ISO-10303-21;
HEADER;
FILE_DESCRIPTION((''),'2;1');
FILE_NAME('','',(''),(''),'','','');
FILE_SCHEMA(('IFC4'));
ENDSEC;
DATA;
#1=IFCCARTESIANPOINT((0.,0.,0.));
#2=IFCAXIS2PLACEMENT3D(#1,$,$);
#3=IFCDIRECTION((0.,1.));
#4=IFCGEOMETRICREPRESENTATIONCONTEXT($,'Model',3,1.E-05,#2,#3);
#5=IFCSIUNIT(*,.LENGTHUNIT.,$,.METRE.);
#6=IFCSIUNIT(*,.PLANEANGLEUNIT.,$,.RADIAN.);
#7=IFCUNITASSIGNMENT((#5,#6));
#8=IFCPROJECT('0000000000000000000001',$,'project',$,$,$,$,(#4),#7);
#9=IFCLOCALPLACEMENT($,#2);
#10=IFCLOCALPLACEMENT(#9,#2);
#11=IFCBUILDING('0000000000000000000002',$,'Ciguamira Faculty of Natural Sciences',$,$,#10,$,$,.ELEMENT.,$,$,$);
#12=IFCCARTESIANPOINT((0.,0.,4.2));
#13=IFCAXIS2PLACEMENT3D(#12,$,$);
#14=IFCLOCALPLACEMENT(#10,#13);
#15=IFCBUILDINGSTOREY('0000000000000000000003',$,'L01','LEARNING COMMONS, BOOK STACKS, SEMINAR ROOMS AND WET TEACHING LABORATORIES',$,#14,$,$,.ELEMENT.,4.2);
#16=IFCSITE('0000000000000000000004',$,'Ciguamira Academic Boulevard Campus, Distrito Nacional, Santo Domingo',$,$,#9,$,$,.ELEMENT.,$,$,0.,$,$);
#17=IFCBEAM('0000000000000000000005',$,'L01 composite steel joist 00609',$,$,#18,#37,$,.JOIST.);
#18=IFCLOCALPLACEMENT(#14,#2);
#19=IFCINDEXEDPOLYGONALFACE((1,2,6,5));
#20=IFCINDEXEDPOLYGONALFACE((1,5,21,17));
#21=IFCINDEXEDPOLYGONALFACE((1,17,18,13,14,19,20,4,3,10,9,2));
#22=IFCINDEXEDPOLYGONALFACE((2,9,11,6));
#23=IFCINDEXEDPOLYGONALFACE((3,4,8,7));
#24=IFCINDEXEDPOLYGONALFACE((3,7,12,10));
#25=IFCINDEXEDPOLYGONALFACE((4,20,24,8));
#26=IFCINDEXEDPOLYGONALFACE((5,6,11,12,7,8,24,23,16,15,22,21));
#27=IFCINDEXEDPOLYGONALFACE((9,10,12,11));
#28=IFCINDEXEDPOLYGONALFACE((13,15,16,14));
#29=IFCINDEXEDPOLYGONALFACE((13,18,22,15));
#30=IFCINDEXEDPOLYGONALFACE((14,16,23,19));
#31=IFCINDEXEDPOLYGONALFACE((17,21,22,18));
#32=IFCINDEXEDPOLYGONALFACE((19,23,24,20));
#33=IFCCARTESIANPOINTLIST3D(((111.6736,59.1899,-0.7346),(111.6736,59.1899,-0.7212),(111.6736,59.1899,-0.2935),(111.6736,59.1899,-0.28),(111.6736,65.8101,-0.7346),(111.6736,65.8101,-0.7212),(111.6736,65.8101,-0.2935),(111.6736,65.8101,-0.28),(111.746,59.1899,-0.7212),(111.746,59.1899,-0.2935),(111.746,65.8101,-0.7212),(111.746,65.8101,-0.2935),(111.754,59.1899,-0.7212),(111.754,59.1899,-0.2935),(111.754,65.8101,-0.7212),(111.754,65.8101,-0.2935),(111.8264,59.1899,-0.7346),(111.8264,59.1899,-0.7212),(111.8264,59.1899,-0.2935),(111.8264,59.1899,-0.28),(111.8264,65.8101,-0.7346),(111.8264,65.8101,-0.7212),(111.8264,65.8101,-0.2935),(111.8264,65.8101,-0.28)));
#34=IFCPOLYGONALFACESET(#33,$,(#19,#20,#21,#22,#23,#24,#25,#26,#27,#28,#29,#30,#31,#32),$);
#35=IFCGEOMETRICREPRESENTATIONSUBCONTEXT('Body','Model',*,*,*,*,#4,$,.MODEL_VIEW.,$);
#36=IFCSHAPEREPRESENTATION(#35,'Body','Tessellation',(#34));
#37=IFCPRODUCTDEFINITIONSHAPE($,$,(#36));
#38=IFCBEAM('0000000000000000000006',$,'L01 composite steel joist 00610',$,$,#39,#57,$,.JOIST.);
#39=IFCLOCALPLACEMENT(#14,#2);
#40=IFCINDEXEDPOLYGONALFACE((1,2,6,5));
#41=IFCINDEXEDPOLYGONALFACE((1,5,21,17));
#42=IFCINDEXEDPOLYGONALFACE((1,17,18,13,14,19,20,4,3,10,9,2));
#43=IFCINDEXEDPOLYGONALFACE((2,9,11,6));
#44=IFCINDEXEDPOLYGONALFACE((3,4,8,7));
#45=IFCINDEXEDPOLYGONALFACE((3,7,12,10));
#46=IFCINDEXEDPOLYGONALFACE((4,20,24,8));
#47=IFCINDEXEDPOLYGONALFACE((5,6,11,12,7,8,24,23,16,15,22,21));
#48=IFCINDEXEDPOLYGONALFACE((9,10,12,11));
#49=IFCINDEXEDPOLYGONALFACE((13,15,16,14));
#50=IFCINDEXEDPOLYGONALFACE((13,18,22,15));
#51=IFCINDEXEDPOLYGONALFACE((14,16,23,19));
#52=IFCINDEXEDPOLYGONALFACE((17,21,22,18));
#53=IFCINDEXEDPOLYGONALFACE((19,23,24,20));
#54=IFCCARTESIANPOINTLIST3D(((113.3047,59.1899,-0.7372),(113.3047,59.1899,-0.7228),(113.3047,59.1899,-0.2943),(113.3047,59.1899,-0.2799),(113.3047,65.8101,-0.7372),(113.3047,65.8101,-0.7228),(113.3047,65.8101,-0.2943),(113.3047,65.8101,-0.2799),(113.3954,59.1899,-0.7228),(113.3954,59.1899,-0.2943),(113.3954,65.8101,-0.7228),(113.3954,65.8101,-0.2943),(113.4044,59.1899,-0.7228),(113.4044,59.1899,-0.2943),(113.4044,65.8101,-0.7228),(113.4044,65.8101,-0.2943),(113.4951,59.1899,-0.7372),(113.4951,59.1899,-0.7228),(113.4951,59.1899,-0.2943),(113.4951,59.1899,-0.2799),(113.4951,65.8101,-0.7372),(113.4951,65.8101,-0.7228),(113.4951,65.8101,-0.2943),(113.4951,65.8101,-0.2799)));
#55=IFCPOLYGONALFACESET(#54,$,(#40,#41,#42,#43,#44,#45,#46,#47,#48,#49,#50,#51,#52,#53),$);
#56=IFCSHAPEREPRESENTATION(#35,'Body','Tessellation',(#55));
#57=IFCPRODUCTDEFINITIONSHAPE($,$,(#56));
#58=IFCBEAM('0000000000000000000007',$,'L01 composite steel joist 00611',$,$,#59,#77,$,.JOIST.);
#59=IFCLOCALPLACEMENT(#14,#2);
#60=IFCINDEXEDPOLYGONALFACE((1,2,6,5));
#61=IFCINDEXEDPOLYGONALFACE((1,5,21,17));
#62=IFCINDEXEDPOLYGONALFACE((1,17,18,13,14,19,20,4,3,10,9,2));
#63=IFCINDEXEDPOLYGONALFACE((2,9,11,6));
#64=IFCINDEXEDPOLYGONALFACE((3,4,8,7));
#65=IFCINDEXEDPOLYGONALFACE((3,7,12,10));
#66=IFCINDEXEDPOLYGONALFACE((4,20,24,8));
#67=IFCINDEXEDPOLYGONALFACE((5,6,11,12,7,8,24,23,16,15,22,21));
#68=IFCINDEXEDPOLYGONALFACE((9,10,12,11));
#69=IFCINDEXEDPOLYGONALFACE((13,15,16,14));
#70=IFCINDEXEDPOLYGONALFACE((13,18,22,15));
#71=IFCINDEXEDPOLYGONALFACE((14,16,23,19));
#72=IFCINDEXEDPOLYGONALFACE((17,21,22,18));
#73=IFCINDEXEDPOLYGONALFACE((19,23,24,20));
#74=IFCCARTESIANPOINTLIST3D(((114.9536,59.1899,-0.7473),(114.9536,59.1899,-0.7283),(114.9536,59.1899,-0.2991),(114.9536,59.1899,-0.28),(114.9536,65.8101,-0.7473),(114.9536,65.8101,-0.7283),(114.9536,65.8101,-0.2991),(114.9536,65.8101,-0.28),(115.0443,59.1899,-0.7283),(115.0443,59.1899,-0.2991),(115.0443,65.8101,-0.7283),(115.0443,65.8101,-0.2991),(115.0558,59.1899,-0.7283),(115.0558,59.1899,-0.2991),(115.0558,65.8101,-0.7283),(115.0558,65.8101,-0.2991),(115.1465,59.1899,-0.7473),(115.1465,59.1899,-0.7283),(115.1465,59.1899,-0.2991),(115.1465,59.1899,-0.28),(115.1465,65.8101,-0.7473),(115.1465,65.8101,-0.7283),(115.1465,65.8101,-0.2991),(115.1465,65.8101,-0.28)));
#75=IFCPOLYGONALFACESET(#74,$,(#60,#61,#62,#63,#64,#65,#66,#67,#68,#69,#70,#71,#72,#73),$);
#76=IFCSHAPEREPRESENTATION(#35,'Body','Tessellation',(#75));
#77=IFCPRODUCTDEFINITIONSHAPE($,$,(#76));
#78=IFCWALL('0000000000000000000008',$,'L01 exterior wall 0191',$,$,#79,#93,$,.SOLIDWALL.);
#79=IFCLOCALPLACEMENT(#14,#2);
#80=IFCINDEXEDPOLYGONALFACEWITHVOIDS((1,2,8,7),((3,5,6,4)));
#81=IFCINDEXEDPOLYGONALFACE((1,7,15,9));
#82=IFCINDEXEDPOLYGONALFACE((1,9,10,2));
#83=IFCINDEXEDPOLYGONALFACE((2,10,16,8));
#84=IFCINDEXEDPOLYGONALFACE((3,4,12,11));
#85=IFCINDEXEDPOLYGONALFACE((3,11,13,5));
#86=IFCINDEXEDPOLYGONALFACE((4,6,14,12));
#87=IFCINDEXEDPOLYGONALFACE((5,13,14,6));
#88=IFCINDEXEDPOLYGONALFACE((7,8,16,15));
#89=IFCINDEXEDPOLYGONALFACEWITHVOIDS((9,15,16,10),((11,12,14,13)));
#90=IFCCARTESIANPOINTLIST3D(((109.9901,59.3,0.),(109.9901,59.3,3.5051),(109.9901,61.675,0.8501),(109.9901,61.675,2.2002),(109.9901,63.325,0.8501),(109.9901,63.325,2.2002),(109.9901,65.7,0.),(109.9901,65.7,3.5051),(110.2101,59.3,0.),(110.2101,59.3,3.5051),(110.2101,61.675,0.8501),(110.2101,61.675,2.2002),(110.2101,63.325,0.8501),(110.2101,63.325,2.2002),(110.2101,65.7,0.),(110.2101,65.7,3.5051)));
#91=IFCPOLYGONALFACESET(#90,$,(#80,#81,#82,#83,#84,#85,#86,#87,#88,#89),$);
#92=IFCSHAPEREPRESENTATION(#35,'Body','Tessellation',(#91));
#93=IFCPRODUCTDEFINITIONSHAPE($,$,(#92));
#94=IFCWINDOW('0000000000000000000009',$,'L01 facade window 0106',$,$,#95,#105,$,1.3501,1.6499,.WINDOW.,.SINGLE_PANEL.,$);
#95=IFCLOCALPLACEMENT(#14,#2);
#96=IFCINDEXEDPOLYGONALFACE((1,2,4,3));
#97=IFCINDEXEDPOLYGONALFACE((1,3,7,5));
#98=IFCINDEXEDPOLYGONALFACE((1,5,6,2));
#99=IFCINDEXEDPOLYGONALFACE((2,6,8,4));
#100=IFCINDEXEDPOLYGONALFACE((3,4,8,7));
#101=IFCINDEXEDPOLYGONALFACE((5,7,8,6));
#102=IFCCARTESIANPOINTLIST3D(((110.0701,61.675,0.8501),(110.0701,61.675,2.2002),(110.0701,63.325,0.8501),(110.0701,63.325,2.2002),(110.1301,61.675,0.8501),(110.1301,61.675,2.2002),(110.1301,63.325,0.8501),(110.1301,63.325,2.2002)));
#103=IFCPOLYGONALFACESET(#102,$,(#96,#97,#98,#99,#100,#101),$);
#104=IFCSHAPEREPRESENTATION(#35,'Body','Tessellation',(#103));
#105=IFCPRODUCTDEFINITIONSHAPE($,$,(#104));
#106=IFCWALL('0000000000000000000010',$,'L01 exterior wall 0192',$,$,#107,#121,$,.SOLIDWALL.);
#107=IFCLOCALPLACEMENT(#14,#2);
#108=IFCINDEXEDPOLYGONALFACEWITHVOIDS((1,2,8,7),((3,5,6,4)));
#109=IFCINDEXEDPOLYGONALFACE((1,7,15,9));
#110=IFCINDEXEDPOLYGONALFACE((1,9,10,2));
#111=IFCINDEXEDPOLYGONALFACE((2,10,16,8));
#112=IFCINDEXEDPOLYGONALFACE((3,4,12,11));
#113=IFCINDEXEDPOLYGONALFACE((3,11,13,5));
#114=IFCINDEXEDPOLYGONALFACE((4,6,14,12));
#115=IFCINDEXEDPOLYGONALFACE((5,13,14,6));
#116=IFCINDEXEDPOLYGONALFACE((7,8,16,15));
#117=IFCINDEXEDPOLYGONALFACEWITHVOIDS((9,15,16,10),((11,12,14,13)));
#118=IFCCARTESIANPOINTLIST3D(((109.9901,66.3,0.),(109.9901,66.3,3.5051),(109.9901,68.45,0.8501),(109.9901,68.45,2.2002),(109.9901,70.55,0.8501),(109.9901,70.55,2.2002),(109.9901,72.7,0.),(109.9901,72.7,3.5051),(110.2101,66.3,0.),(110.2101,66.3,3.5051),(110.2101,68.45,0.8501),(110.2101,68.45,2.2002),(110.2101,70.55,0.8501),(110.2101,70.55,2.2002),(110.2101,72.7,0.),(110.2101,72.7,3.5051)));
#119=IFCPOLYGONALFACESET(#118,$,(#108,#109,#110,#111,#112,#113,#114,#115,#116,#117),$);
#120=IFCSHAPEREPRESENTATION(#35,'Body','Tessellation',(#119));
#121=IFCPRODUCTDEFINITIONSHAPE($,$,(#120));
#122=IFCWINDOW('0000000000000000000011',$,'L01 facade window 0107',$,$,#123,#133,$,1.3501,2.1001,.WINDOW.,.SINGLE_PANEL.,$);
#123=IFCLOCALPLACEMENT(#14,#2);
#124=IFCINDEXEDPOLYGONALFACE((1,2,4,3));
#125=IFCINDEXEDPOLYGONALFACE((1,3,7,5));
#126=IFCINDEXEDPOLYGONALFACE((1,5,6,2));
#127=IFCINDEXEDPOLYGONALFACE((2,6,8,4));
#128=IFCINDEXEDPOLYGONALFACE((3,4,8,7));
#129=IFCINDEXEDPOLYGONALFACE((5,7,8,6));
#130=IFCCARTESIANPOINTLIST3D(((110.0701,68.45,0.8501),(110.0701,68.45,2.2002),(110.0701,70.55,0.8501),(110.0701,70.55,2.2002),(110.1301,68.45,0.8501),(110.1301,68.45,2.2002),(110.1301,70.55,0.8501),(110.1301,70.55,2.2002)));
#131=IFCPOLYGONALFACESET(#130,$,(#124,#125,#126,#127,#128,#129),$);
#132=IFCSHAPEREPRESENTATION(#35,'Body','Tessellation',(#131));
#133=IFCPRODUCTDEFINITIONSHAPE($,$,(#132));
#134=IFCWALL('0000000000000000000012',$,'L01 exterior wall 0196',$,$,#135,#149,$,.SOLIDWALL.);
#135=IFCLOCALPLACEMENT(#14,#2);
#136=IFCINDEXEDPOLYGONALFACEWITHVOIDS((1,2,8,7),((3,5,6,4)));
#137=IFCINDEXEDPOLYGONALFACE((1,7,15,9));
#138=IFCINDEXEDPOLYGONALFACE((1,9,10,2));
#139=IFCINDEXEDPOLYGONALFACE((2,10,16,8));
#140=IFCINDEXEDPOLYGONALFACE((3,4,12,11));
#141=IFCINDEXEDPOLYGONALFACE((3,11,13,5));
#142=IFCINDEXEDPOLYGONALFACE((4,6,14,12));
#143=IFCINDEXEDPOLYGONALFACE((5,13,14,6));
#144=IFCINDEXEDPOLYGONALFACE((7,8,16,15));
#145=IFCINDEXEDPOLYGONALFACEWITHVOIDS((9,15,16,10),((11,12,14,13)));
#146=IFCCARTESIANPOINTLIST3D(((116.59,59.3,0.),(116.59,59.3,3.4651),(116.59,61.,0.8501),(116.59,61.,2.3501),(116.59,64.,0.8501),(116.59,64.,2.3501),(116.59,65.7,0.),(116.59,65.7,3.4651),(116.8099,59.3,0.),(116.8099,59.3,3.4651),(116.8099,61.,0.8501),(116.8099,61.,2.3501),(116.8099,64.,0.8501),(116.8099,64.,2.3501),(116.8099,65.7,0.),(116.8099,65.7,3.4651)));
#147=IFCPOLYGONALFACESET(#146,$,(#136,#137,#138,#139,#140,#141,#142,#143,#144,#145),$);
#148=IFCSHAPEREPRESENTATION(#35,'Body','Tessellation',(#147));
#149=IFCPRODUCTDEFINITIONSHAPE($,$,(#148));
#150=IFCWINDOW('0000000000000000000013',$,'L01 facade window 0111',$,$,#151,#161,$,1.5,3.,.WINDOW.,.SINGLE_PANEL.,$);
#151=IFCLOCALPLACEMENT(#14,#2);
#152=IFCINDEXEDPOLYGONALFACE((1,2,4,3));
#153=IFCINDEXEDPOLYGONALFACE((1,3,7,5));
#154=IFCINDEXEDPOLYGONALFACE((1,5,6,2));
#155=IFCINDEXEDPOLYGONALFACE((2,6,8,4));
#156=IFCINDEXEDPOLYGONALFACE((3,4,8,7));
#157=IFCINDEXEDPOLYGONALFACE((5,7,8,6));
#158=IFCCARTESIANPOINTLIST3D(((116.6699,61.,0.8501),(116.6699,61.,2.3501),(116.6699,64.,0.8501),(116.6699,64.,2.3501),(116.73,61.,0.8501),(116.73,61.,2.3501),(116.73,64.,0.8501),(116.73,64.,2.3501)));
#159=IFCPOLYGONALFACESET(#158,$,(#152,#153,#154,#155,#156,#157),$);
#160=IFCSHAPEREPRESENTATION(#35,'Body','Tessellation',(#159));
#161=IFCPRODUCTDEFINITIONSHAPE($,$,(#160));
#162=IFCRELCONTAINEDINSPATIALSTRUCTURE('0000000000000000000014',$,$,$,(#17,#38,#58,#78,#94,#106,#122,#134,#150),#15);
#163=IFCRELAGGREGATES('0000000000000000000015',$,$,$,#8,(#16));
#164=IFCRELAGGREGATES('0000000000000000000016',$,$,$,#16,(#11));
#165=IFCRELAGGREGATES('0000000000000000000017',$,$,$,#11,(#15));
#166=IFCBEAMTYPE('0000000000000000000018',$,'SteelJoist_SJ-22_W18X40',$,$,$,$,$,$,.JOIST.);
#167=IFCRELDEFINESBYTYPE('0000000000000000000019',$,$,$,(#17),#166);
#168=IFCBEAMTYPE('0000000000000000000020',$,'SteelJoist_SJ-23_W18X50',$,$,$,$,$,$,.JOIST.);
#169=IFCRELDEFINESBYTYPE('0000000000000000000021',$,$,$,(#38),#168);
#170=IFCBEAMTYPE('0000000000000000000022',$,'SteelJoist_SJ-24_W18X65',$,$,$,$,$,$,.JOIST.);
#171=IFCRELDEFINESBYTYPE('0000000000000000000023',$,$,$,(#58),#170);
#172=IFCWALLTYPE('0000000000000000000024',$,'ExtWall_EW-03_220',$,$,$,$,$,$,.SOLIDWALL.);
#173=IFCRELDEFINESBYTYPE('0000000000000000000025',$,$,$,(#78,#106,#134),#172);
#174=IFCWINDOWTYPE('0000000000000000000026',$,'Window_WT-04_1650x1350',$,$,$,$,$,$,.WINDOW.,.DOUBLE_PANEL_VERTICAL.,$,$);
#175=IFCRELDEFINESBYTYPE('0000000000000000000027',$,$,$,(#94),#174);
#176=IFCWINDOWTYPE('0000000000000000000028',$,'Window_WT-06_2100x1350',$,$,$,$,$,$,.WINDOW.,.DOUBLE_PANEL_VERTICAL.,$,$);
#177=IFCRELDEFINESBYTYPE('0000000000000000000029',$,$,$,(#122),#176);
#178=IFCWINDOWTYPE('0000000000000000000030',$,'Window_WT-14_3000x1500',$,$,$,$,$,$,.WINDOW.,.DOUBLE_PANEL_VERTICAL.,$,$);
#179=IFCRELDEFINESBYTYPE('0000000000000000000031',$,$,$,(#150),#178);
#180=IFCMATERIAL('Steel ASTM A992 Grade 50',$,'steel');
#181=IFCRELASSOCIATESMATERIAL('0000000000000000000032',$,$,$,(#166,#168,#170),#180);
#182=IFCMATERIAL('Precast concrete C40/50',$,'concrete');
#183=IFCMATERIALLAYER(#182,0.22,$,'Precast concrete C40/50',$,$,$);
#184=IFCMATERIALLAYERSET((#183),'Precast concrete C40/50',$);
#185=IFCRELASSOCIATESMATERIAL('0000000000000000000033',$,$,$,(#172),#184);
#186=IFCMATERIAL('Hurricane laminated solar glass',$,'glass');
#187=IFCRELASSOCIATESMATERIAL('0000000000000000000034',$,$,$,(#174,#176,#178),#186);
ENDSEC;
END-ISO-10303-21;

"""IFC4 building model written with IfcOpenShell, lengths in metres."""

from ifc_helpers import new_model, si_unit, direction, frame, frame_2d, origin, origin_2d, place, context, subcontext, project, spatial, rectangle, i_section, extrude, material, layer, layer_set, material_profile, profile_set, type_object, element, fill, save


model = new_model("IFC4")

# Units and contexts
model_context = context("Model", 3, precision=1e-05, world=origin(), true_north=direction((0.0, 1.0)))
body_context = subcontext(model_context, "Body", "Model", "MODEL_VIEW")
ifc_project = project(units=[si_unit("LENGTHUNIT", "METRE"), si_unit("PLANEANGLEUNIT", "RADIAN")], contexts=[model_context])

# Site, building, storey
site_placement = place(None, origin())
site = spatial("IfcSite", under=ifc_project, at=site_placement, Name="Ciguamira Academic Boulevard Campus, Distrito Nacional, Santo Domingo", CompositionType="ELEMENT", RefElevation=0.0)
building_placement = place(site_placement, origin())
building = spatial("IfcBuilding", under=site, at=building_placement, Name="Ciguamira Faculty of Natural Sciences", CompositionType="ELEMENT")
storey_placement = place(building_placement, frame((0.0, 0.0, 4.2)))
storey = spatial("IfcBuildingStorey", under=building, at=storey_placement, Name="L01", Description="LEARNING COMMONS, BOOK STACKS, SEMINAR ROOMS AND WET TEACHING LABORATORIES", CompositionType="ELEMENT", Elevation=4.2)

# Beams
ifc_material_1 = material(Name="Precast concrete C40/50", Category="concrete")
ifc_material_2 = material(Name="Steel ASTM A992 Grade 50", Category="steel")
ifc_material_profile_1 = material_profile(ifc_material_2, i_section(OverallWidth=0.1528, OverallDepth=0.4546, WebThickness=0.0081, FlangeThickness=0.0134, at=origin_2d()), Name="W18X40")
ifc_profile_set_1 = profile_set([ifc_material_profile_1], Name="Steel ASTM A992 Grade 50")
beam_type_1 = type_object("IfcBeamType", Name="SteelJoist_SJ-22_W18X40", PredefinedType="JOIST", material=ifc_profile_set_1)
beam_1_placement = place(storey_placement, frame((111.75, 59.1899, -0.5073), z_axis=(0.0, 1.0, 0.0), x_axis=(-1.0, 0.0, 0.0)))
element("IfcBeam", 1, at=beam_1_placement, inside=storey, type_object=beam_type_1, Name="L01 composite steel joist 00609", PredefinedType="JOIST", context=body_context, shape_type="SweptSolid", body=[
    extrude(i_section(OverallWidth=0.1528, OverallDepth=0.4546, WebThickness=0.0081, FlangeThickness=0.0134, at=origin_2d()), origin(), (0.0, 0.0, 1.0), 6.6201),
])
ifc_material_profile_2 = material_profile(ifc_material_2, i_section(OverallWidth=0.1904, OverallDepth=0.4573, WebThickness=0.009, FlangeThickness=0.0144, at=origin_2d()), Name="W18X50")
ifc_profile_set_2 = profile_set([ifc_material_profile_2], Name="Steel ASTM A992 Grade 50")
beam_type_2 = type_object("IfcBeamType", Name="SteelJoist_SJ-23_W18X50", PredefinedType="JOIST", material=ifc_profile_set_2)
beam_2_placement = place(storey_placement, frame((113.3999, 59.1899, -0.5085), z_axis=(0.0, 1.0, 0.0), x_axis=(-1.0, 0.0, 0.0)))
element("IfcBeam", 2, at=beam_2_placement, inside=storey, type_object=beam_type_2, Name="L01 composite steel joist 00610", PredefinedType="JOIST", context=body_context, shape_type="SweptSolid", body=[
    extrude(i_section(OverallWidth=0.1904, OverallDepth=0.4573, WebThickness=0.009, FlangeThickness=0.0144, at=origin_2d()), origin(), (0.0, 0.0, 1.0), 6.6201),
])
ifc_material_profile_3 = material_profile(ifc_material_2, i_section(OverallWidth=0.1929, OverallDepth=0.4673, WebThickness=0.0115, FlangeThickness=0.019, at=origin_2d()), Name="W18X65")
ifc_profile_set_3 = profile_set([ifc_material_profile_3], Name="Steel ASTM A992 Grade 50")
beam_type_3 = type_object("IfcBeamType", Name="SteelJoist_SJ-24_W18X65", PredefinedType="JOIST", material=ifc_profile_set_3)
beam_3_placement = place(storey_placement, frame((115.05, 59.1899, -0.5137), z_axis=(0.0, 1.0, 0.0), x_axis=(-1.0, 0.0, 0.0)))
element("IfcBeam", 3, at=beam_3_placement, inside=storey, type_object=beam_type_3, Name="L01 composite steel joist 00611", PredefinedType="JOIST", context=body_context, shape_type="SweptSolid", body=[
    extrude(i_section(OverallWidth=0.1929, OverallDepth=0.4673, WebThickness=0.0115, FlangeThickness=0.019, at=origin_2d()), origin(), (0.0, 0.0, 1.0), 6.6201),
])

# Walls, openings, windows
ifc_layer = layer(ifc_material_1, 0.22, Name="Precast concrete C40/50")
ifc_layer_set = layer_set([ifc_layer], Name="Precast concrete C40/50")
wall_type = type_object("IfcWallType", Name="ExtWall_EW-03_220", PredefinedType="SOLIDWALL", material=ifc_layer_set)
wall_1_placement = place(storey_placement, frame((110.1001, 59.3, 0.0), z_axis=(0.0, 0.0, 1.0), x_axis=(0.0, 1.0, 0.0)))
wall_1 = element("IfcWall", 4, at=wall_1_placement, inside=storey, type_object=wall_type, Name="L01 exterior wall 0191", PredefinedType="SOLIDWALL", context=body_context, shape_type="SweptSolid", body=[
    extrude(rectangle(XDim=6.3999, YDim=0.22, at=frame_2d((3.2, 0.0))), origin(), (0.0, 0.0, 1.0), 3.5051),
])
opening_1_placement = place(wall_1_placement, frame((2.375, 0.0, 0.8501)))
opening_1 = element("IfcOpeningElement", 5, at=opening_1_placement, cuts=wall_1, PredefinedType="OPENING", context=body_context, shape_type="SweptSolid", body=[
    extrude(rectangle(XDim=1.6499, YDim=1.3501, at=frame_2d((0.825, 0.675))), frame((0.0, 0.1199, 0.0), z_axis=(0.0, -1.0, 0.0), x_axis=(1.0, 0.0, 0.0)), (0.0, 0.0, 1.0), 0.24),
])
ifc_material_3 = material(Name="Hurricane laminated solar glass", Category="glass")
window_type_1 = type_object("IfcWindowType", Name="Window_WT-04_1650x1350", PartitioningType="DOUBLE_PANEL_VERTICAL", PredefinedType="WINDOW", material=ifc_material_3)
window_1_placement = place(opening_1_placement, origin())
window_1 = element("IfcWindow", 6, at=window_1_placement, inside=storey, type_object=window_type_1, Name="L01 facade window 0106", OverallHeight=1.3501, OverallWidth=1.6499, PartitioningType="SINGLE_PANEL", PredefinedType="WINDOW", context=body_context, shape_type="SweptSolid", body=[
    extrude(rectangle(XDim=1.6499, YDim=1.3501, at=frame_2d((0.825, 0.675))), frame((0.0, 0.03, 0.0), z_axis=(0.0, -1.0, 0.0), x_axis=(1.0, 0.0, 0.0)), (0.0, 0.0, 1.0), 0.0601),
])
fill(opening_1, window_1)
wall_2_placement = place(storey_placement, frame((110.1001, 66.3, 0.0), z_axis=(0.0, 0.0, 1.0), x_axis=(0.0, 1.0, 0.0)))
wall_2 = element("IfcWall", 7, at=wall_2_placement, inside=storey, type_object=wall_type, Name="L01 exterior wall 0192", PredefinedType="SOLIDWALL", context=body_context, shape_type="SweptSolid", body=[
    extrude(rectangle(XDim=6.3999, YDim=0.22, at=frame_2d((3.2, 0.0))), origin(), (0.0, 0.0, 1.0), 3.5051),
])
opening_2_placement = place(wall_2_placement, frame((2.1499, 0.0, 0.8501)))
opening_2 = element("IfcOpeningElement", 8, at=opening_2_placement, cuts=wall_2, PredefinedType="OPENING", context=body_context, shape_type="SweptSolid", body=[
    extrude(rectangle(XDim=2.1001, YDim=1.3501, at=frame_2d((1.05, 0.675))), frame((0.0, 0.1199, 0.0), z_axis=(0.0, -1.0, 0.0), x_axis=(1.0, 0.0, 0.0)), (0.0, 0.0, 1.0), 0.24),
])
window_type_2 = type_object("IfcWindowType", Name="Window_WT-06_2100x1350", PartitioningType="DOUBLE_PANEL_VERTICAL", PredefinedType="WINDOW", material=ifc_material_3)
window_2_placement = place(opening_2_placement, origin())
window_2 = element("IfcWindow", 9, at=window_2_placement, inside=storey, type_object=window_type_2, Name="L01 facade window 0107", OverallHeight=1.3501, OverallWidth=2.1001, PartitioningType="SINGLE_PANEL", PredefinedType="WINDOW", context=body_context, shape_type="SweptSolid", body=[
    extrude(rectangle(XDim=2.1001, YDim=1.3501, at=frame_2d((1.05, 0.675))), frame((0.0, 0.03, 0.0), z_axis=(0.0, -1.0, 0.0), x_axis=(1.0, 0.0, 0.0)), (0.0, 0.0, 1.0), 0.0601),
])
fill(opening_2, window_2)
wall_3_placement = place(storey_placement, frame((116.7, 59.3, 0.0), z_axis=(0.0, 0.0, 1.0), x_axis=(0.0, 1.0, 0.0)))
wall_3 = element("IfcWall", 10, at=wall_3_placement, inside=storey, type_object=wall_type, Name="L01 exterior wall 0196", PredefinedType="SOLIDWALL", context=body_context, shape_type="SweptSolid", body=[
    extrude(rectangle(XDim=6.3999, YDim=0.22, at=frame_2d((3.2, 0.0))), origin(), (0.0, 0.0, 1.0), 3.4651),
])
opening_3_placement = place(wall_3_placement, frame((1.7, 0.0, 0.8501)))
opening_3 = element("IfcOpeningElement", 11, at=opening_3_placement, cuts=wall_3, PredefinedType="OPENING", context=body_context, shape_type="SweptSolid", body=[
    extrude(rectangle(XDim=3.0, YDim=1.5, at=frame_2d((1.5, 0.75))), frame((0.0, 0.1199, 0.0), z_axis=(0.0, -1.0, 0.0), x_axis=(1.0, 0.0, 0.0)), (0.0, 0.0, 1.0), 0.24),
])
window_type_3 = type_object("IfcWindowType", Name="Window_WT-14_3000x1500", PartitioningType="DOUBLE_PANEL_VERTICAL", PredefinedType="WINDOW", material=ifc_material_3)
window_3_placement = place(opening_3_placement, origin())
window_3 = element("IfcWindow", 12, at=window_3_placement, inside=storey, type_object=window_type_3, Name="L01 facade window 0111", OverallHeight=1.5, OverallWidth=3.0, PartitioningType="SINGLE_PANEL", PredefinedType="WINDOW", context=body_context, shape_type="SweptSolid", body=[
    extrude(rectangle(XDim=3.0, YDim=1.5, at=frame_2d((1.5, 0.75))), frame((0.0, 0.03, 0.0), z_axis=(0.0, -1.0, 0.0), x_axis=(1.0, 0.0, 0.0)), (0.0, 0.0, 1.0), 0.0601),
])
fill(opening_3, window_3)

save(model, "model.ifc")
